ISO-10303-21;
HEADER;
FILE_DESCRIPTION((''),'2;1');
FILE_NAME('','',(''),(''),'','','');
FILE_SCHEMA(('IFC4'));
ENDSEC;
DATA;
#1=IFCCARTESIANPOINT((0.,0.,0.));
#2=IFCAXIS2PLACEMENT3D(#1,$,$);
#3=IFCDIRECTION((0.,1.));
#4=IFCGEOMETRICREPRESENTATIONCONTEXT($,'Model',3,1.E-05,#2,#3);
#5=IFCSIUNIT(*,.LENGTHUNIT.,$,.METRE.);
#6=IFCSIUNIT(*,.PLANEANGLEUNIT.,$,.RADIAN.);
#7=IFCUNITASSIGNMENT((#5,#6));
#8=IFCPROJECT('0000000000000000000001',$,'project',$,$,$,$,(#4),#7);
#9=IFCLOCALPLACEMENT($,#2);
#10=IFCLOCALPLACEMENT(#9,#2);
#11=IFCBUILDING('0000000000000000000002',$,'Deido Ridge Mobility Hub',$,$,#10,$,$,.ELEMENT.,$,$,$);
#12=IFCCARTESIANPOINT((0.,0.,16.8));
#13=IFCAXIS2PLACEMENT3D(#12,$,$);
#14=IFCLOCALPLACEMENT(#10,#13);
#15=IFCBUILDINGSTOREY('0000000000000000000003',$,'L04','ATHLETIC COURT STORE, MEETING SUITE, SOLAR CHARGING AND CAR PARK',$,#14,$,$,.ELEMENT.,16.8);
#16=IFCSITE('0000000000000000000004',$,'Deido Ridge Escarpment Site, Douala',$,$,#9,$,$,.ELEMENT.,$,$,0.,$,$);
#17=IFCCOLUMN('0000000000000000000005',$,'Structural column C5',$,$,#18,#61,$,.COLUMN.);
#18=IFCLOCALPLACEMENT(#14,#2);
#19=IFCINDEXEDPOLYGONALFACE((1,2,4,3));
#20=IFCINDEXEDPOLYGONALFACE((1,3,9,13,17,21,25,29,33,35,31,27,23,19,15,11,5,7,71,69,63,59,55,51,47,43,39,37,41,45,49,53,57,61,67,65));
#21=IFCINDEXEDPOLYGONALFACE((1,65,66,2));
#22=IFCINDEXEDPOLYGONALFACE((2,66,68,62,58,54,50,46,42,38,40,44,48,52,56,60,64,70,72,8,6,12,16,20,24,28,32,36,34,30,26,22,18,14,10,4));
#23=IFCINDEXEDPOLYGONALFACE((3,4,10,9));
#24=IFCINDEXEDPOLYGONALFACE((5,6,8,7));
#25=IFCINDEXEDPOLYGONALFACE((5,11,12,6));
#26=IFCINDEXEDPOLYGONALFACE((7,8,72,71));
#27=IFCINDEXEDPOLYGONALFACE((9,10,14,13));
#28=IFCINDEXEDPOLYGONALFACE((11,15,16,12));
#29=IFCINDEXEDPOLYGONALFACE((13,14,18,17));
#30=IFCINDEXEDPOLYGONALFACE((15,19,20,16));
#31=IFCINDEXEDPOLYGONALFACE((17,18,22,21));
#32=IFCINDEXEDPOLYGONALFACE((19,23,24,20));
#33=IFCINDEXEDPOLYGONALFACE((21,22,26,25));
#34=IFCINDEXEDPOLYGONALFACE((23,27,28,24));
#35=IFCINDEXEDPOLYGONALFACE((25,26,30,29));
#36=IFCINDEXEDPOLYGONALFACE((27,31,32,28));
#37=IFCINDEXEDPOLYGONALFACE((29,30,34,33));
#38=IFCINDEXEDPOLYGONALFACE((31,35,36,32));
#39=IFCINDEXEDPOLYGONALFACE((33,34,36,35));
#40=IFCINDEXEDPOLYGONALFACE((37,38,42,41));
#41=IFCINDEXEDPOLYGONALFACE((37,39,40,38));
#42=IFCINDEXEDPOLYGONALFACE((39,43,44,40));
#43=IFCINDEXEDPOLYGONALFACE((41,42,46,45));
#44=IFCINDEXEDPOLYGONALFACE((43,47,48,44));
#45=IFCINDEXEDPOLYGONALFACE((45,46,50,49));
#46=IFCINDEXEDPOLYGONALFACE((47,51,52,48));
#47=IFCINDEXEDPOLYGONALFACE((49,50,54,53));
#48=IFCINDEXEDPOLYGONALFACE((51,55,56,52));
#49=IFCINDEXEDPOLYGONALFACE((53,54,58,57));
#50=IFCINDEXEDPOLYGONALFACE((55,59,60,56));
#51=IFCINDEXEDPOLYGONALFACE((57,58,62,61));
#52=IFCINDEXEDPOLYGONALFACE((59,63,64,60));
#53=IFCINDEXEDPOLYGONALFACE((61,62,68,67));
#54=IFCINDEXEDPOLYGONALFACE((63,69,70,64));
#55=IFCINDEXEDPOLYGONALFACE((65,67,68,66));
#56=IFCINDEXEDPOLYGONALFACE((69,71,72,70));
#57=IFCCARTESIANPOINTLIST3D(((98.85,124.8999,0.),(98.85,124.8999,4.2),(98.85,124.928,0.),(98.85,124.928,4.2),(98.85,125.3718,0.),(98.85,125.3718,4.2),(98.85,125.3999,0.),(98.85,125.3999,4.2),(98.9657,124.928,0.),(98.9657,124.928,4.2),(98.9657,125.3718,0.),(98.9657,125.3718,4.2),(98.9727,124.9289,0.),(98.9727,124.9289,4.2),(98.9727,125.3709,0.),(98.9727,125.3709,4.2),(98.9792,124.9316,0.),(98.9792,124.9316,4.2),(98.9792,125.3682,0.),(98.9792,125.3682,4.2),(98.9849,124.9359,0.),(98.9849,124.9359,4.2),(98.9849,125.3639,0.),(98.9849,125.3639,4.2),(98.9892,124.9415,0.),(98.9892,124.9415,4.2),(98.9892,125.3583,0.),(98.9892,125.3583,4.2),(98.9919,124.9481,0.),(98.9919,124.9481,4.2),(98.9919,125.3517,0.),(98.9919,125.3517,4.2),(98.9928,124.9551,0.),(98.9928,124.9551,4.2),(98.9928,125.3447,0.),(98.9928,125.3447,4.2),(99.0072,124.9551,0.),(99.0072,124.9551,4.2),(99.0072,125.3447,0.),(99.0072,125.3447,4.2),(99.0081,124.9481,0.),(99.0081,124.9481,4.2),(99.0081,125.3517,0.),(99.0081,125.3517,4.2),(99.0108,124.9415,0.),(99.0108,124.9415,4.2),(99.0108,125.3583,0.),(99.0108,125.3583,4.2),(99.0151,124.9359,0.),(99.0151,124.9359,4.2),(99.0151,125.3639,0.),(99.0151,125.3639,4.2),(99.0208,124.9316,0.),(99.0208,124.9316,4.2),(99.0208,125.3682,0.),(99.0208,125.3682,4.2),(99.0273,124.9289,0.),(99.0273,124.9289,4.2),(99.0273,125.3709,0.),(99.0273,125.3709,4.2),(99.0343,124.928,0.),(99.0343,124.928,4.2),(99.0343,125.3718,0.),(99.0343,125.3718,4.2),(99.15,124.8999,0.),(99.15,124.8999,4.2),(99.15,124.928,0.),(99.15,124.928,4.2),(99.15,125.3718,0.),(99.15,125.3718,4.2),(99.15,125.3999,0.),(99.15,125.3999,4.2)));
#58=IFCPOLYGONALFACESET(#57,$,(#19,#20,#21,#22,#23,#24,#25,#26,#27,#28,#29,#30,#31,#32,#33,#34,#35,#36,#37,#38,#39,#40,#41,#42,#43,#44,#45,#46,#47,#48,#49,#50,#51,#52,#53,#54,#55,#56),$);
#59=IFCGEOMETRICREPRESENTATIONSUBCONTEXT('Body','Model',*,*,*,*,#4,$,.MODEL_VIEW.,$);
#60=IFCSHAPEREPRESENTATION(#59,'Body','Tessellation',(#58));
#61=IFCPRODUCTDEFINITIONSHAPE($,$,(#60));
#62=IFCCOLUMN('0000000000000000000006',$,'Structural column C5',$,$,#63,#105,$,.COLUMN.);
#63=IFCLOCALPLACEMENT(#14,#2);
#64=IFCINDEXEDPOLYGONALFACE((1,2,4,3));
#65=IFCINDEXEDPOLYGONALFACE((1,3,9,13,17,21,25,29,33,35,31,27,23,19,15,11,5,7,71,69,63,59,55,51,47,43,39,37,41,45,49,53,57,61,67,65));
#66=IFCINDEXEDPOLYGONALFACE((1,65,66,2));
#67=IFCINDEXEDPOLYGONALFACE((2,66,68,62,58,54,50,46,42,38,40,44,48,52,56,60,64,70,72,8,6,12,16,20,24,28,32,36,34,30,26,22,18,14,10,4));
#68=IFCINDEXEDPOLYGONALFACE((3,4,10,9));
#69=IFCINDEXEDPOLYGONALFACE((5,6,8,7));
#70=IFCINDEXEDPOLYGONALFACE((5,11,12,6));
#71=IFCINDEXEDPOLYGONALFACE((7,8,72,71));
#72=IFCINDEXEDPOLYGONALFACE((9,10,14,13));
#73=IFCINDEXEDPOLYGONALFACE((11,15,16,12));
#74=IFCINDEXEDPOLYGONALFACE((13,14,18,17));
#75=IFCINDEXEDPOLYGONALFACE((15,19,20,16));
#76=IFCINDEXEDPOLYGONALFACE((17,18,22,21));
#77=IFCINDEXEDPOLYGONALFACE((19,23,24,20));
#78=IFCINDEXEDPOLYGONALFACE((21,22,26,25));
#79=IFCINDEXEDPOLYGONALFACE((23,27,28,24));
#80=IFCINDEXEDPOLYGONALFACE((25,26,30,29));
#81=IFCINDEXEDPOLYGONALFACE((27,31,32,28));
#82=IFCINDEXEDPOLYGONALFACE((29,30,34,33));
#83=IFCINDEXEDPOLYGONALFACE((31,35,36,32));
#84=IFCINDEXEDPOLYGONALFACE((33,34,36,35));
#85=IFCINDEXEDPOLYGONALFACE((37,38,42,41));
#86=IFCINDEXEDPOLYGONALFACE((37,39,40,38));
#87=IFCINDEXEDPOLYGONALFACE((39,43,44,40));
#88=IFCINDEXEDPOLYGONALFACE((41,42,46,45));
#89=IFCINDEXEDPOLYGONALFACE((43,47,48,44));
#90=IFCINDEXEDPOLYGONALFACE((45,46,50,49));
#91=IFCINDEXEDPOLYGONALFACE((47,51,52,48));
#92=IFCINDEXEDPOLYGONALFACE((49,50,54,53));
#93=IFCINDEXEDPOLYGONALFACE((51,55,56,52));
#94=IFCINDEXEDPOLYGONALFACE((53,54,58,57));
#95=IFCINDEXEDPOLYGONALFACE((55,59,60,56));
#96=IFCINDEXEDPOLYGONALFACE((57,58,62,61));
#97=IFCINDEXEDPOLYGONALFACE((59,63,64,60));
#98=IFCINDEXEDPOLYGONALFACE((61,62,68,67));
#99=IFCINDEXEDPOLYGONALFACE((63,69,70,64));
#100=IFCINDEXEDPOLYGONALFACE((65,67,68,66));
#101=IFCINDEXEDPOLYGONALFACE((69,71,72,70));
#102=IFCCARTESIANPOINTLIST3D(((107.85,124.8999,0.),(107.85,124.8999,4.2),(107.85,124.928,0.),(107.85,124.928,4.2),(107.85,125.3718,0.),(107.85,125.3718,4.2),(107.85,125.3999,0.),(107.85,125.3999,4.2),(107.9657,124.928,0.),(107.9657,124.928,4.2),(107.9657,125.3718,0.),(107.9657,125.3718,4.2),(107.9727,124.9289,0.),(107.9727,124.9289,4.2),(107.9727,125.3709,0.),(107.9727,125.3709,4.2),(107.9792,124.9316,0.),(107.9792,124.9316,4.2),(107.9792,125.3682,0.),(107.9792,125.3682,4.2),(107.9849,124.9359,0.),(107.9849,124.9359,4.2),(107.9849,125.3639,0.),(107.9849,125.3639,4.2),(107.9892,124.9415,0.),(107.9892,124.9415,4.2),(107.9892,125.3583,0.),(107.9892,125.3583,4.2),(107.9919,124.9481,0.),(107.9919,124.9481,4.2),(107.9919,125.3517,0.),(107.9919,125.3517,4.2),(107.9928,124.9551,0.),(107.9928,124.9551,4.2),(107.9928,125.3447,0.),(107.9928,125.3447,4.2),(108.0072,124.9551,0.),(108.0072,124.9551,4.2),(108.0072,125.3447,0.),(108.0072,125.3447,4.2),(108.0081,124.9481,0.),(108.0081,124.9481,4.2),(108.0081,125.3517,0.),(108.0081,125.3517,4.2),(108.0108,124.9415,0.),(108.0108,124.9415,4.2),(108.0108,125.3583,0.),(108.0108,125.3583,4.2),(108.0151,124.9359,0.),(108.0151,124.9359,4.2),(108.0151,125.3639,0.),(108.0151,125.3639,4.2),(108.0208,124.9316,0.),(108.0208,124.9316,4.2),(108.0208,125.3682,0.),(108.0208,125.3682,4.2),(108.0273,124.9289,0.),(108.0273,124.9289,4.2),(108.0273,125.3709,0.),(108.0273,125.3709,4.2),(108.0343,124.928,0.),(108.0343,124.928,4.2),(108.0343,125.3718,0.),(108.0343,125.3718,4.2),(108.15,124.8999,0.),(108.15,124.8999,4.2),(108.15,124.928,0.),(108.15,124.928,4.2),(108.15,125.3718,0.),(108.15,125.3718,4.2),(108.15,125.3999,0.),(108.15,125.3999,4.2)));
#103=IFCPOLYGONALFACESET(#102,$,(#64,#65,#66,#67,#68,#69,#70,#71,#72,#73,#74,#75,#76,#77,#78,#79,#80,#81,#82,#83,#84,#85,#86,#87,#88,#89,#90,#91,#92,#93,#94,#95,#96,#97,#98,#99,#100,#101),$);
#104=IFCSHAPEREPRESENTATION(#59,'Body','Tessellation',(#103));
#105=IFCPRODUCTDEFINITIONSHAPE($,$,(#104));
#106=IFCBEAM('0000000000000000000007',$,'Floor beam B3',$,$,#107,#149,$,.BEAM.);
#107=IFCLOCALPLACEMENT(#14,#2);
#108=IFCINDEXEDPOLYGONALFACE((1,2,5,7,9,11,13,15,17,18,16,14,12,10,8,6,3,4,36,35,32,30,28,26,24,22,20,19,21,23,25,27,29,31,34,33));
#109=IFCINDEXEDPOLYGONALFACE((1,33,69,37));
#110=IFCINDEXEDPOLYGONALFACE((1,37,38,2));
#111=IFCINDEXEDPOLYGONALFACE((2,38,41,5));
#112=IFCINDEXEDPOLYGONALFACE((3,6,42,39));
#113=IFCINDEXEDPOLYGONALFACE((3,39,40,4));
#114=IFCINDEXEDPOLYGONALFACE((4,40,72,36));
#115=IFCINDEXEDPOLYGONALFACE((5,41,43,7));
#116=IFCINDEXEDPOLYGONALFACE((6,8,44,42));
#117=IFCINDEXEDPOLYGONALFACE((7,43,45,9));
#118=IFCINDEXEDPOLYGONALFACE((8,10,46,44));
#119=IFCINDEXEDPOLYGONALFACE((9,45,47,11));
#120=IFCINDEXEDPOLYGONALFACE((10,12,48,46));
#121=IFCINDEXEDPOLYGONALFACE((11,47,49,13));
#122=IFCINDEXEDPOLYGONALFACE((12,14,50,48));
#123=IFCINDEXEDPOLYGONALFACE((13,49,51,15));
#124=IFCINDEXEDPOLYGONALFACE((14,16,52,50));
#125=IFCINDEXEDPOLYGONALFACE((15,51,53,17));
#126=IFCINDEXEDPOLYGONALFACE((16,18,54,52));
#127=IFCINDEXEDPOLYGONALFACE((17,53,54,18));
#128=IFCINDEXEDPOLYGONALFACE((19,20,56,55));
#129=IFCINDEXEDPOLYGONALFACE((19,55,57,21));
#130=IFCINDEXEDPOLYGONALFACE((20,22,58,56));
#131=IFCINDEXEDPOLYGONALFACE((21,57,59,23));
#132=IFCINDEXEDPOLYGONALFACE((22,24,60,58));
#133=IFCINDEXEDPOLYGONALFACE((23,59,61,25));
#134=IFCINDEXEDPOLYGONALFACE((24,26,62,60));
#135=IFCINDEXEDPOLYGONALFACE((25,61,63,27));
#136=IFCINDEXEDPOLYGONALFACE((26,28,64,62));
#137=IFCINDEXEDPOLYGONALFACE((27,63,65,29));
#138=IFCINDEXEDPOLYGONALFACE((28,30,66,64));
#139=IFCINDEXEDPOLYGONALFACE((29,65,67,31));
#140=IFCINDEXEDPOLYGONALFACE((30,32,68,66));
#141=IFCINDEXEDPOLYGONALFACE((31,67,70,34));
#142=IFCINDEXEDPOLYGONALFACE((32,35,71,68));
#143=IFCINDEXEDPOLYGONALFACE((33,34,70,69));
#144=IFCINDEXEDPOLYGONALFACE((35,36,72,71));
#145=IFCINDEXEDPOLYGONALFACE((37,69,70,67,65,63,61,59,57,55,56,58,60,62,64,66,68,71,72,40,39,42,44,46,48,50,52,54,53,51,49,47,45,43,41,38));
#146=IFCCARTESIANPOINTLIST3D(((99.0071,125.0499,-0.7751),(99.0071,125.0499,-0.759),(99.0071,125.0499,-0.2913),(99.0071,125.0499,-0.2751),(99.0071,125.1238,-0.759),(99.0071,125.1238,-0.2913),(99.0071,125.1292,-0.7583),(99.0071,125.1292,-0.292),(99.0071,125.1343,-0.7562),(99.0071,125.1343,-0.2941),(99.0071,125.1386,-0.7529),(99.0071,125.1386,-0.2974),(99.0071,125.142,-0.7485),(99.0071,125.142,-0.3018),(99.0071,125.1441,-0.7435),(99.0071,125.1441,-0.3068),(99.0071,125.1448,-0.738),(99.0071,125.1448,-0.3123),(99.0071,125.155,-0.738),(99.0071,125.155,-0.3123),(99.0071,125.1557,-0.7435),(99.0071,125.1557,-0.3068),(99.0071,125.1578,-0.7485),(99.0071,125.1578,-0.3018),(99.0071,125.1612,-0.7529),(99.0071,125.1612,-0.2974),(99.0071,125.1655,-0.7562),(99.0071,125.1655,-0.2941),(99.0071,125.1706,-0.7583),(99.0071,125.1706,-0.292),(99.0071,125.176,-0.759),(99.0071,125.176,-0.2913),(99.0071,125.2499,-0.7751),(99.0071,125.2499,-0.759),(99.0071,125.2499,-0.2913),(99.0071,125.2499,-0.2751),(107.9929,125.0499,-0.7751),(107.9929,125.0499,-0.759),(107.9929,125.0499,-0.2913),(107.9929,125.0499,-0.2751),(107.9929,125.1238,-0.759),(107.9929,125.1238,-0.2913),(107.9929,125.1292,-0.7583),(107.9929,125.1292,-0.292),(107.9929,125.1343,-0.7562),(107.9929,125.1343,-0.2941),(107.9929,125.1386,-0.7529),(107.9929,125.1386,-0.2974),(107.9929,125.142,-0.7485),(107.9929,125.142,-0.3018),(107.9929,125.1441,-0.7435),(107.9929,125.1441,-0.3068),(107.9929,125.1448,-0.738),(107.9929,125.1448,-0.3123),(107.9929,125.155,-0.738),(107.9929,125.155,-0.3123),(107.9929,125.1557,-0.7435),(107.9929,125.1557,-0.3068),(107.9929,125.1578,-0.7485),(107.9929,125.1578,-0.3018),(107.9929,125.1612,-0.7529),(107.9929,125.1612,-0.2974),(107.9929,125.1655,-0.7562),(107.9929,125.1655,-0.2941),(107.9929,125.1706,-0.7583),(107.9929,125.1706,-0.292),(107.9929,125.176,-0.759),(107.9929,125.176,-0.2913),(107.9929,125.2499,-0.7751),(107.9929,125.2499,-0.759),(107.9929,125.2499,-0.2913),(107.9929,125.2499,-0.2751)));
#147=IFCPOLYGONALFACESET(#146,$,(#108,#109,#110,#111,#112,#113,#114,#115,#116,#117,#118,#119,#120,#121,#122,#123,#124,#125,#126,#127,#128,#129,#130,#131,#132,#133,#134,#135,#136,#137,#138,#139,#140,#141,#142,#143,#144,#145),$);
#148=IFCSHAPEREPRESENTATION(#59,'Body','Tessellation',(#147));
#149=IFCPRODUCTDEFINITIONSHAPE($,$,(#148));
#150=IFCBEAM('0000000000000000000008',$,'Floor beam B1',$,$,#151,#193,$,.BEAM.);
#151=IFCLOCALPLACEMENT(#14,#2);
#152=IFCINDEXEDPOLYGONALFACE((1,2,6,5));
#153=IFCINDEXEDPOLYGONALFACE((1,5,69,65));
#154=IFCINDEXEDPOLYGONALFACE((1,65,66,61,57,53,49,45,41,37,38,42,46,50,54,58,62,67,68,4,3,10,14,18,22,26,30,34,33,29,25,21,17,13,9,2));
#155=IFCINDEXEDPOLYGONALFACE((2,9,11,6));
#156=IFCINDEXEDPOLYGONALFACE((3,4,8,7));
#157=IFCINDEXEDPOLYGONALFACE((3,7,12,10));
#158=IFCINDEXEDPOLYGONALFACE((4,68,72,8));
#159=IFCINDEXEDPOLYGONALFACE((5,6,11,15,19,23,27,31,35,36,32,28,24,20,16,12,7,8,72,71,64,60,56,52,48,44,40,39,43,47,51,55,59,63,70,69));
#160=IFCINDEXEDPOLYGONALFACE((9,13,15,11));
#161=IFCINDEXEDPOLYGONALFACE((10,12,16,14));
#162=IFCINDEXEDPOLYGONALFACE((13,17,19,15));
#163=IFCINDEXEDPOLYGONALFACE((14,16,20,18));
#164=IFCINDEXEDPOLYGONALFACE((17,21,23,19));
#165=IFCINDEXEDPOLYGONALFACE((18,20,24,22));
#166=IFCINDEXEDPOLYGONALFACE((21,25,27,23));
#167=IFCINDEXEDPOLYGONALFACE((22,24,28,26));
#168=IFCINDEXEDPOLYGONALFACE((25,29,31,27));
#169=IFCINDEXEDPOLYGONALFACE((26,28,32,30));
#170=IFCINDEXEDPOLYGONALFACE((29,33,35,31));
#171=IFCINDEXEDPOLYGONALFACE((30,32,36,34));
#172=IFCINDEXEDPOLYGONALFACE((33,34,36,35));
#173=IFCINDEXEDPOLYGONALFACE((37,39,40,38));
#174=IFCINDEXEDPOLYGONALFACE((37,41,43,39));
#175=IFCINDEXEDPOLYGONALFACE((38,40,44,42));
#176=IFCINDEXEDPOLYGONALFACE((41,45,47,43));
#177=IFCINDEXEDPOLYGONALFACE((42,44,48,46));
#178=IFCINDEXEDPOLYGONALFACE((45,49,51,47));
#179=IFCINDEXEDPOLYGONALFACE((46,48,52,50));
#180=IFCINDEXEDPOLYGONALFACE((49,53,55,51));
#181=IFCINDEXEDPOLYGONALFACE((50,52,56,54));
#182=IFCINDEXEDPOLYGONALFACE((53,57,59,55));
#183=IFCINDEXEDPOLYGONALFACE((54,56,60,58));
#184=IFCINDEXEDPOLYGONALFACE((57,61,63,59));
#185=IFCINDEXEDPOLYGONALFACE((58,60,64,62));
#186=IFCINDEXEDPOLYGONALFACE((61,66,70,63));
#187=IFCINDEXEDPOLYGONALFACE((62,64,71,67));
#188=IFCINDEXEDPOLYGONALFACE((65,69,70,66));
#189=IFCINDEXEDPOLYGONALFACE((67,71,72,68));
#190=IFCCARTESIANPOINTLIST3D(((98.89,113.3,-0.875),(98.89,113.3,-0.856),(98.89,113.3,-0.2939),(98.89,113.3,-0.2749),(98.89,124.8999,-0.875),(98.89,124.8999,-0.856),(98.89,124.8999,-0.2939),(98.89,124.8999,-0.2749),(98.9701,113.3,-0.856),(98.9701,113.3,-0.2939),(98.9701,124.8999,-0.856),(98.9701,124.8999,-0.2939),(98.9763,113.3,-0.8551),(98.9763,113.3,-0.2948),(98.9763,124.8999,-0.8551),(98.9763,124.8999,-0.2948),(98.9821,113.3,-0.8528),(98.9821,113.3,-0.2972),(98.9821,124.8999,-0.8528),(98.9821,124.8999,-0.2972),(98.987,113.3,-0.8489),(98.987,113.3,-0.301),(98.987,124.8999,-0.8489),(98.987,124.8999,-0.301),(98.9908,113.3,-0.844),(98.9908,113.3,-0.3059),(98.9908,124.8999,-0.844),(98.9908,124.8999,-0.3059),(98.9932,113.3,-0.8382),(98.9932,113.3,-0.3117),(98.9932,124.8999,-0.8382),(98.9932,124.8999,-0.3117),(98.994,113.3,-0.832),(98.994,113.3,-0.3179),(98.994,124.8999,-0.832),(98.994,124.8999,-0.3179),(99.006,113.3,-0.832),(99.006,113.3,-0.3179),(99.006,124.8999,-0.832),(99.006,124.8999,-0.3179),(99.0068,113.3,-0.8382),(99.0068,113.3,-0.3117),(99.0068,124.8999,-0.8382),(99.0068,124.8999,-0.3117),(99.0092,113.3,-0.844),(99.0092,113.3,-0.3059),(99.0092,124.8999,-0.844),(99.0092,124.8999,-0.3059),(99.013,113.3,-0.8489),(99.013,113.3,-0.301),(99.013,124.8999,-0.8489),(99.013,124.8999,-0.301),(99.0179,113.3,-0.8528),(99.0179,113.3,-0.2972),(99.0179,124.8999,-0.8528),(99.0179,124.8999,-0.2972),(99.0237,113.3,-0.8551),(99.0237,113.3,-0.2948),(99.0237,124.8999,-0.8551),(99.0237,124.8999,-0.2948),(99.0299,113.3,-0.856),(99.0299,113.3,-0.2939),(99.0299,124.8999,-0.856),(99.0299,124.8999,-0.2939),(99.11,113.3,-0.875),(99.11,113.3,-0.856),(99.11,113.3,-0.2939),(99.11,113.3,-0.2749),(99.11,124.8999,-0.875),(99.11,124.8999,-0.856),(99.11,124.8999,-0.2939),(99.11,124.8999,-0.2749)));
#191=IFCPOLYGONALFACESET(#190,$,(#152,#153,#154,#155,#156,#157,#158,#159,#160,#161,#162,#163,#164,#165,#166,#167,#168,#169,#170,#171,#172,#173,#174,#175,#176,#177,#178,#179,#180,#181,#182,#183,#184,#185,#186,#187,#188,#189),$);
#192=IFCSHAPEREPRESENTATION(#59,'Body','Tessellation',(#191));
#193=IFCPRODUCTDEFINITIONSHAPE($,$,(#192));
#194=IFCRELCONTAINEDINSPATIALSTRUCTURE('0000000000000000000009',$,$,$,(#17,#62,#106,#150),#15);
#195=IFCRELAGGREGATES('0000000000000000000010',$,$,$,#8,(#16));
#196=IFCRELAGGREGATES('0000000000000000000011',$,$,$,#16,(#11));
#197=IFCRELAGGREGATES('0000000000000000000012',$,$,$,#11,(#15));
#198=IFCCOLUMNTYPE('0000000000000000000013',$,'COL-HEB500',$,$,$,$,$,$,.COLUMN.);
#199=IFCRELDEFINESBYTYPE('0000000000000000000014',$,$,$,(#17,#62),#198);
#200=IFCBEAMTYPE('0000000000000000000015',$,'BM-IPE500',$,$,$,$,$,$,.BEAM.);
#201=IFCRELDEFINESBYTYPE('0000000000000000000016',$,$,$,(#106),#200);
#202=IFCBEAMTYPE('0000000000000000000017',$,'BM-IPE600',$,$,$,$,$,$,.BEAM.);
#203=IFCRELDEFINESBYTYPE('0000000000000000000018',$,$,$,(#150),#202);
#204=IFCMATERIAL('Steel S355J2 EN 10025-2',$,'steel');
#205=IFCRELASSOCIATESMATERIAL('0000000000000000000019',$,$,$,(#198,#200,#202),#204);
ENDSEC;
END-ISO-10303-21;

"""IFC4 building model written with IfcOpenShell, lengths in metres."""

from ifc_helpers import new_model, si_unit, direction, frame, origin, origin_2d, place, context, subcontext, project, spatial, i_section, extrude, material, material_profile, profile_set, type_object, element, save


model = new_model("IFC4")

# Units and contexts
model_context = context("Model", 3, precision=1e-05, world=origin(), true_north=direction((0.0, 1.0)))
body_context = subcontext(model_context, "Body", "Model", "MODEL_VIEW")
ifc_project = project(units=[si_unit("LENGTHUNIT", "METRE"), si_unit("PLANEANGLEUNIT", "RADIAN")], contexts=[model_context])

# Site, building, storey
site_placement = place(None, origin())
site = spatial("IfcSite", under=ifc_project, at=site_placement, Name="Deido Ridge Escarpment Site, Douala", CompositionType="ELEMENT", RefElevation=0.0)
building_placement = place(site_placement, origin())
building = spatial("IfcBuilding", under=site, at=building_placement, Name="Deido Ridge Mobility Hub", CompositionType="ELEMENT")
storey_placement = place(building_placement, frame((0.0, 0.0, 16.8)))
storey = spatial("IfcBuildingStorey", under=building, at=storey_placement, Name="L04", Description="ATHLETIC COURT STORE, MEETING SUITE, SOLAR CHARGING AND CAR PARK", CompositionType="ELEMENT", Elevation=16.8)

# Columns
ifc_material_1 = material(Name="Steel S355J2 EN 10025-2", Category="steel")
ifc_material_profile_1 = material_profile(ifc_material_1, i_section(OverallWidth=0.3, OverallDepth=0.5, WebThickness=0.0144, FlangeThickness=0.0281, FilletRadius=0.0271, at=origin_2d()), Name="HEB 500")
ifc_profile_set_1 = profile_set([ifc_material_profile_1], Name="Steel S355J2 EN 10025-2")
column_type = type_object("IfcColumnType", Name="COL-HEB500", PredefinedType="COLUMN", material=ifc_profile_set_1)
for number, where, z_axis, x_axis, name in (
    (1, (99.0, 125.1499, 0.0), (0.0, 0.0, 1.0), (1.0, 0.0, 0.0), "Structural column C5"),
    (2, (108.0, 125.1499, 0.0), (0.0, 0.0, 1.0), (1.0, 0.0, 0.0), "Structural column C5"),
):
    element("IfcColumn", number, at=place(storey_placement, frame(where, z_axis=z_axis, x_axis=x_axis)), inside=storey, type_object=column_type, Name=name, PredefinedType="COLUMN", context=body_context, shape_type="SweptSolid", body=[
        extrude(i_section(OverallWidth=0.3, OverallDepth=0.5, WebThickness=0.0144, FlangeThickness=0.0281, FilletRadius=0.0271, at=origin_2d()), origin(), (0.0, 0.0, 1.0), 4.2),
    ])

# Beams
ifc_material_profile_2 = material_profile(ifc_material_1, i_section(OverallWidth=0.2, OverallDepth=0.5, WebThickness=0.0103, FlangeThickness=0.0161, FilletRadius=0.021, at=origin_2d()), Name="IPE 500")
ifc_profile_set_2 = profile_set([ifc_material_profile_2], Name="Steel S355J2 EN 10025-2")
beam_type_1 = type_object("IfcBeamType", Name="BM-IPE500", PredefinedType="BEAM", material=ifc_profile_set_2)
beam_placement = place(storey_placement, frame((99.0071, 125.1499, -0.5251), z_axis=(1.0, 0.0, 0.0), x_axis=(0.0, 1.0, 0.0)))
element("IfcBeam", 3, at=beam_placement, inside=storey, type_object=beam_type_1, Name="Floor beam B3", PredefinedType="BEAM", context=body_context, shape_type="SweptSolid", body=[
    extrude(i_section(OverallWidth=0.2, OverallDepth=0.5, WebThickness=0.0103, FlangeThickness=0.0161, FilletRadius=0.021, at=origin_2d()), origin(), (0.0, 0.0, 1.0), 8.9858),
])
ifc_material_profile_3 = material_profile(ifc_material_1, i_section(OverallWidth=0.22, OverallDepth=0.6001, WebThickness=0.012, FlangeThickness=0.019, FilletRadius=0.0239, at=origin_2d()), Name="IPE 600")
ifc_profile_set_3 = profile_set([ifc_material_profile_3], Name="Steel S355J2 EN 10025-2")
beam_type_2 = type_object("IfcBeamType", Name="BM-IPE600", PredefinedType="BEAM", material=ifc_profile_set_3)
for number, where, z_axis, x_axis, name in (
    (4, (99.0, 113.3, -0.575), (0.0, 1.0, 0.0), (-1.0, 0.0, 0.0), "Floor beam B1"),
):
    element("IfcBeam", number, at=place(storey_placement, frame(where, z_axis=z_axis, x_axis=x_axis)), inside=storey, type_object=beam_type_2, Name=name, PredefinedType="BEAM", context=body_context, shape_type="SweptSolid", body=[
        extrude(i_section(OverallWidth=0.22, OverallDepth=0.6001, WebThickness=0.012, FlangeThickness=0.019, FilletRadius=0.0239, at=origin_2d()), origin(), (0.0, 0.0, 1.0), 11.5999),
    ])

save(model, "model.ifc")
